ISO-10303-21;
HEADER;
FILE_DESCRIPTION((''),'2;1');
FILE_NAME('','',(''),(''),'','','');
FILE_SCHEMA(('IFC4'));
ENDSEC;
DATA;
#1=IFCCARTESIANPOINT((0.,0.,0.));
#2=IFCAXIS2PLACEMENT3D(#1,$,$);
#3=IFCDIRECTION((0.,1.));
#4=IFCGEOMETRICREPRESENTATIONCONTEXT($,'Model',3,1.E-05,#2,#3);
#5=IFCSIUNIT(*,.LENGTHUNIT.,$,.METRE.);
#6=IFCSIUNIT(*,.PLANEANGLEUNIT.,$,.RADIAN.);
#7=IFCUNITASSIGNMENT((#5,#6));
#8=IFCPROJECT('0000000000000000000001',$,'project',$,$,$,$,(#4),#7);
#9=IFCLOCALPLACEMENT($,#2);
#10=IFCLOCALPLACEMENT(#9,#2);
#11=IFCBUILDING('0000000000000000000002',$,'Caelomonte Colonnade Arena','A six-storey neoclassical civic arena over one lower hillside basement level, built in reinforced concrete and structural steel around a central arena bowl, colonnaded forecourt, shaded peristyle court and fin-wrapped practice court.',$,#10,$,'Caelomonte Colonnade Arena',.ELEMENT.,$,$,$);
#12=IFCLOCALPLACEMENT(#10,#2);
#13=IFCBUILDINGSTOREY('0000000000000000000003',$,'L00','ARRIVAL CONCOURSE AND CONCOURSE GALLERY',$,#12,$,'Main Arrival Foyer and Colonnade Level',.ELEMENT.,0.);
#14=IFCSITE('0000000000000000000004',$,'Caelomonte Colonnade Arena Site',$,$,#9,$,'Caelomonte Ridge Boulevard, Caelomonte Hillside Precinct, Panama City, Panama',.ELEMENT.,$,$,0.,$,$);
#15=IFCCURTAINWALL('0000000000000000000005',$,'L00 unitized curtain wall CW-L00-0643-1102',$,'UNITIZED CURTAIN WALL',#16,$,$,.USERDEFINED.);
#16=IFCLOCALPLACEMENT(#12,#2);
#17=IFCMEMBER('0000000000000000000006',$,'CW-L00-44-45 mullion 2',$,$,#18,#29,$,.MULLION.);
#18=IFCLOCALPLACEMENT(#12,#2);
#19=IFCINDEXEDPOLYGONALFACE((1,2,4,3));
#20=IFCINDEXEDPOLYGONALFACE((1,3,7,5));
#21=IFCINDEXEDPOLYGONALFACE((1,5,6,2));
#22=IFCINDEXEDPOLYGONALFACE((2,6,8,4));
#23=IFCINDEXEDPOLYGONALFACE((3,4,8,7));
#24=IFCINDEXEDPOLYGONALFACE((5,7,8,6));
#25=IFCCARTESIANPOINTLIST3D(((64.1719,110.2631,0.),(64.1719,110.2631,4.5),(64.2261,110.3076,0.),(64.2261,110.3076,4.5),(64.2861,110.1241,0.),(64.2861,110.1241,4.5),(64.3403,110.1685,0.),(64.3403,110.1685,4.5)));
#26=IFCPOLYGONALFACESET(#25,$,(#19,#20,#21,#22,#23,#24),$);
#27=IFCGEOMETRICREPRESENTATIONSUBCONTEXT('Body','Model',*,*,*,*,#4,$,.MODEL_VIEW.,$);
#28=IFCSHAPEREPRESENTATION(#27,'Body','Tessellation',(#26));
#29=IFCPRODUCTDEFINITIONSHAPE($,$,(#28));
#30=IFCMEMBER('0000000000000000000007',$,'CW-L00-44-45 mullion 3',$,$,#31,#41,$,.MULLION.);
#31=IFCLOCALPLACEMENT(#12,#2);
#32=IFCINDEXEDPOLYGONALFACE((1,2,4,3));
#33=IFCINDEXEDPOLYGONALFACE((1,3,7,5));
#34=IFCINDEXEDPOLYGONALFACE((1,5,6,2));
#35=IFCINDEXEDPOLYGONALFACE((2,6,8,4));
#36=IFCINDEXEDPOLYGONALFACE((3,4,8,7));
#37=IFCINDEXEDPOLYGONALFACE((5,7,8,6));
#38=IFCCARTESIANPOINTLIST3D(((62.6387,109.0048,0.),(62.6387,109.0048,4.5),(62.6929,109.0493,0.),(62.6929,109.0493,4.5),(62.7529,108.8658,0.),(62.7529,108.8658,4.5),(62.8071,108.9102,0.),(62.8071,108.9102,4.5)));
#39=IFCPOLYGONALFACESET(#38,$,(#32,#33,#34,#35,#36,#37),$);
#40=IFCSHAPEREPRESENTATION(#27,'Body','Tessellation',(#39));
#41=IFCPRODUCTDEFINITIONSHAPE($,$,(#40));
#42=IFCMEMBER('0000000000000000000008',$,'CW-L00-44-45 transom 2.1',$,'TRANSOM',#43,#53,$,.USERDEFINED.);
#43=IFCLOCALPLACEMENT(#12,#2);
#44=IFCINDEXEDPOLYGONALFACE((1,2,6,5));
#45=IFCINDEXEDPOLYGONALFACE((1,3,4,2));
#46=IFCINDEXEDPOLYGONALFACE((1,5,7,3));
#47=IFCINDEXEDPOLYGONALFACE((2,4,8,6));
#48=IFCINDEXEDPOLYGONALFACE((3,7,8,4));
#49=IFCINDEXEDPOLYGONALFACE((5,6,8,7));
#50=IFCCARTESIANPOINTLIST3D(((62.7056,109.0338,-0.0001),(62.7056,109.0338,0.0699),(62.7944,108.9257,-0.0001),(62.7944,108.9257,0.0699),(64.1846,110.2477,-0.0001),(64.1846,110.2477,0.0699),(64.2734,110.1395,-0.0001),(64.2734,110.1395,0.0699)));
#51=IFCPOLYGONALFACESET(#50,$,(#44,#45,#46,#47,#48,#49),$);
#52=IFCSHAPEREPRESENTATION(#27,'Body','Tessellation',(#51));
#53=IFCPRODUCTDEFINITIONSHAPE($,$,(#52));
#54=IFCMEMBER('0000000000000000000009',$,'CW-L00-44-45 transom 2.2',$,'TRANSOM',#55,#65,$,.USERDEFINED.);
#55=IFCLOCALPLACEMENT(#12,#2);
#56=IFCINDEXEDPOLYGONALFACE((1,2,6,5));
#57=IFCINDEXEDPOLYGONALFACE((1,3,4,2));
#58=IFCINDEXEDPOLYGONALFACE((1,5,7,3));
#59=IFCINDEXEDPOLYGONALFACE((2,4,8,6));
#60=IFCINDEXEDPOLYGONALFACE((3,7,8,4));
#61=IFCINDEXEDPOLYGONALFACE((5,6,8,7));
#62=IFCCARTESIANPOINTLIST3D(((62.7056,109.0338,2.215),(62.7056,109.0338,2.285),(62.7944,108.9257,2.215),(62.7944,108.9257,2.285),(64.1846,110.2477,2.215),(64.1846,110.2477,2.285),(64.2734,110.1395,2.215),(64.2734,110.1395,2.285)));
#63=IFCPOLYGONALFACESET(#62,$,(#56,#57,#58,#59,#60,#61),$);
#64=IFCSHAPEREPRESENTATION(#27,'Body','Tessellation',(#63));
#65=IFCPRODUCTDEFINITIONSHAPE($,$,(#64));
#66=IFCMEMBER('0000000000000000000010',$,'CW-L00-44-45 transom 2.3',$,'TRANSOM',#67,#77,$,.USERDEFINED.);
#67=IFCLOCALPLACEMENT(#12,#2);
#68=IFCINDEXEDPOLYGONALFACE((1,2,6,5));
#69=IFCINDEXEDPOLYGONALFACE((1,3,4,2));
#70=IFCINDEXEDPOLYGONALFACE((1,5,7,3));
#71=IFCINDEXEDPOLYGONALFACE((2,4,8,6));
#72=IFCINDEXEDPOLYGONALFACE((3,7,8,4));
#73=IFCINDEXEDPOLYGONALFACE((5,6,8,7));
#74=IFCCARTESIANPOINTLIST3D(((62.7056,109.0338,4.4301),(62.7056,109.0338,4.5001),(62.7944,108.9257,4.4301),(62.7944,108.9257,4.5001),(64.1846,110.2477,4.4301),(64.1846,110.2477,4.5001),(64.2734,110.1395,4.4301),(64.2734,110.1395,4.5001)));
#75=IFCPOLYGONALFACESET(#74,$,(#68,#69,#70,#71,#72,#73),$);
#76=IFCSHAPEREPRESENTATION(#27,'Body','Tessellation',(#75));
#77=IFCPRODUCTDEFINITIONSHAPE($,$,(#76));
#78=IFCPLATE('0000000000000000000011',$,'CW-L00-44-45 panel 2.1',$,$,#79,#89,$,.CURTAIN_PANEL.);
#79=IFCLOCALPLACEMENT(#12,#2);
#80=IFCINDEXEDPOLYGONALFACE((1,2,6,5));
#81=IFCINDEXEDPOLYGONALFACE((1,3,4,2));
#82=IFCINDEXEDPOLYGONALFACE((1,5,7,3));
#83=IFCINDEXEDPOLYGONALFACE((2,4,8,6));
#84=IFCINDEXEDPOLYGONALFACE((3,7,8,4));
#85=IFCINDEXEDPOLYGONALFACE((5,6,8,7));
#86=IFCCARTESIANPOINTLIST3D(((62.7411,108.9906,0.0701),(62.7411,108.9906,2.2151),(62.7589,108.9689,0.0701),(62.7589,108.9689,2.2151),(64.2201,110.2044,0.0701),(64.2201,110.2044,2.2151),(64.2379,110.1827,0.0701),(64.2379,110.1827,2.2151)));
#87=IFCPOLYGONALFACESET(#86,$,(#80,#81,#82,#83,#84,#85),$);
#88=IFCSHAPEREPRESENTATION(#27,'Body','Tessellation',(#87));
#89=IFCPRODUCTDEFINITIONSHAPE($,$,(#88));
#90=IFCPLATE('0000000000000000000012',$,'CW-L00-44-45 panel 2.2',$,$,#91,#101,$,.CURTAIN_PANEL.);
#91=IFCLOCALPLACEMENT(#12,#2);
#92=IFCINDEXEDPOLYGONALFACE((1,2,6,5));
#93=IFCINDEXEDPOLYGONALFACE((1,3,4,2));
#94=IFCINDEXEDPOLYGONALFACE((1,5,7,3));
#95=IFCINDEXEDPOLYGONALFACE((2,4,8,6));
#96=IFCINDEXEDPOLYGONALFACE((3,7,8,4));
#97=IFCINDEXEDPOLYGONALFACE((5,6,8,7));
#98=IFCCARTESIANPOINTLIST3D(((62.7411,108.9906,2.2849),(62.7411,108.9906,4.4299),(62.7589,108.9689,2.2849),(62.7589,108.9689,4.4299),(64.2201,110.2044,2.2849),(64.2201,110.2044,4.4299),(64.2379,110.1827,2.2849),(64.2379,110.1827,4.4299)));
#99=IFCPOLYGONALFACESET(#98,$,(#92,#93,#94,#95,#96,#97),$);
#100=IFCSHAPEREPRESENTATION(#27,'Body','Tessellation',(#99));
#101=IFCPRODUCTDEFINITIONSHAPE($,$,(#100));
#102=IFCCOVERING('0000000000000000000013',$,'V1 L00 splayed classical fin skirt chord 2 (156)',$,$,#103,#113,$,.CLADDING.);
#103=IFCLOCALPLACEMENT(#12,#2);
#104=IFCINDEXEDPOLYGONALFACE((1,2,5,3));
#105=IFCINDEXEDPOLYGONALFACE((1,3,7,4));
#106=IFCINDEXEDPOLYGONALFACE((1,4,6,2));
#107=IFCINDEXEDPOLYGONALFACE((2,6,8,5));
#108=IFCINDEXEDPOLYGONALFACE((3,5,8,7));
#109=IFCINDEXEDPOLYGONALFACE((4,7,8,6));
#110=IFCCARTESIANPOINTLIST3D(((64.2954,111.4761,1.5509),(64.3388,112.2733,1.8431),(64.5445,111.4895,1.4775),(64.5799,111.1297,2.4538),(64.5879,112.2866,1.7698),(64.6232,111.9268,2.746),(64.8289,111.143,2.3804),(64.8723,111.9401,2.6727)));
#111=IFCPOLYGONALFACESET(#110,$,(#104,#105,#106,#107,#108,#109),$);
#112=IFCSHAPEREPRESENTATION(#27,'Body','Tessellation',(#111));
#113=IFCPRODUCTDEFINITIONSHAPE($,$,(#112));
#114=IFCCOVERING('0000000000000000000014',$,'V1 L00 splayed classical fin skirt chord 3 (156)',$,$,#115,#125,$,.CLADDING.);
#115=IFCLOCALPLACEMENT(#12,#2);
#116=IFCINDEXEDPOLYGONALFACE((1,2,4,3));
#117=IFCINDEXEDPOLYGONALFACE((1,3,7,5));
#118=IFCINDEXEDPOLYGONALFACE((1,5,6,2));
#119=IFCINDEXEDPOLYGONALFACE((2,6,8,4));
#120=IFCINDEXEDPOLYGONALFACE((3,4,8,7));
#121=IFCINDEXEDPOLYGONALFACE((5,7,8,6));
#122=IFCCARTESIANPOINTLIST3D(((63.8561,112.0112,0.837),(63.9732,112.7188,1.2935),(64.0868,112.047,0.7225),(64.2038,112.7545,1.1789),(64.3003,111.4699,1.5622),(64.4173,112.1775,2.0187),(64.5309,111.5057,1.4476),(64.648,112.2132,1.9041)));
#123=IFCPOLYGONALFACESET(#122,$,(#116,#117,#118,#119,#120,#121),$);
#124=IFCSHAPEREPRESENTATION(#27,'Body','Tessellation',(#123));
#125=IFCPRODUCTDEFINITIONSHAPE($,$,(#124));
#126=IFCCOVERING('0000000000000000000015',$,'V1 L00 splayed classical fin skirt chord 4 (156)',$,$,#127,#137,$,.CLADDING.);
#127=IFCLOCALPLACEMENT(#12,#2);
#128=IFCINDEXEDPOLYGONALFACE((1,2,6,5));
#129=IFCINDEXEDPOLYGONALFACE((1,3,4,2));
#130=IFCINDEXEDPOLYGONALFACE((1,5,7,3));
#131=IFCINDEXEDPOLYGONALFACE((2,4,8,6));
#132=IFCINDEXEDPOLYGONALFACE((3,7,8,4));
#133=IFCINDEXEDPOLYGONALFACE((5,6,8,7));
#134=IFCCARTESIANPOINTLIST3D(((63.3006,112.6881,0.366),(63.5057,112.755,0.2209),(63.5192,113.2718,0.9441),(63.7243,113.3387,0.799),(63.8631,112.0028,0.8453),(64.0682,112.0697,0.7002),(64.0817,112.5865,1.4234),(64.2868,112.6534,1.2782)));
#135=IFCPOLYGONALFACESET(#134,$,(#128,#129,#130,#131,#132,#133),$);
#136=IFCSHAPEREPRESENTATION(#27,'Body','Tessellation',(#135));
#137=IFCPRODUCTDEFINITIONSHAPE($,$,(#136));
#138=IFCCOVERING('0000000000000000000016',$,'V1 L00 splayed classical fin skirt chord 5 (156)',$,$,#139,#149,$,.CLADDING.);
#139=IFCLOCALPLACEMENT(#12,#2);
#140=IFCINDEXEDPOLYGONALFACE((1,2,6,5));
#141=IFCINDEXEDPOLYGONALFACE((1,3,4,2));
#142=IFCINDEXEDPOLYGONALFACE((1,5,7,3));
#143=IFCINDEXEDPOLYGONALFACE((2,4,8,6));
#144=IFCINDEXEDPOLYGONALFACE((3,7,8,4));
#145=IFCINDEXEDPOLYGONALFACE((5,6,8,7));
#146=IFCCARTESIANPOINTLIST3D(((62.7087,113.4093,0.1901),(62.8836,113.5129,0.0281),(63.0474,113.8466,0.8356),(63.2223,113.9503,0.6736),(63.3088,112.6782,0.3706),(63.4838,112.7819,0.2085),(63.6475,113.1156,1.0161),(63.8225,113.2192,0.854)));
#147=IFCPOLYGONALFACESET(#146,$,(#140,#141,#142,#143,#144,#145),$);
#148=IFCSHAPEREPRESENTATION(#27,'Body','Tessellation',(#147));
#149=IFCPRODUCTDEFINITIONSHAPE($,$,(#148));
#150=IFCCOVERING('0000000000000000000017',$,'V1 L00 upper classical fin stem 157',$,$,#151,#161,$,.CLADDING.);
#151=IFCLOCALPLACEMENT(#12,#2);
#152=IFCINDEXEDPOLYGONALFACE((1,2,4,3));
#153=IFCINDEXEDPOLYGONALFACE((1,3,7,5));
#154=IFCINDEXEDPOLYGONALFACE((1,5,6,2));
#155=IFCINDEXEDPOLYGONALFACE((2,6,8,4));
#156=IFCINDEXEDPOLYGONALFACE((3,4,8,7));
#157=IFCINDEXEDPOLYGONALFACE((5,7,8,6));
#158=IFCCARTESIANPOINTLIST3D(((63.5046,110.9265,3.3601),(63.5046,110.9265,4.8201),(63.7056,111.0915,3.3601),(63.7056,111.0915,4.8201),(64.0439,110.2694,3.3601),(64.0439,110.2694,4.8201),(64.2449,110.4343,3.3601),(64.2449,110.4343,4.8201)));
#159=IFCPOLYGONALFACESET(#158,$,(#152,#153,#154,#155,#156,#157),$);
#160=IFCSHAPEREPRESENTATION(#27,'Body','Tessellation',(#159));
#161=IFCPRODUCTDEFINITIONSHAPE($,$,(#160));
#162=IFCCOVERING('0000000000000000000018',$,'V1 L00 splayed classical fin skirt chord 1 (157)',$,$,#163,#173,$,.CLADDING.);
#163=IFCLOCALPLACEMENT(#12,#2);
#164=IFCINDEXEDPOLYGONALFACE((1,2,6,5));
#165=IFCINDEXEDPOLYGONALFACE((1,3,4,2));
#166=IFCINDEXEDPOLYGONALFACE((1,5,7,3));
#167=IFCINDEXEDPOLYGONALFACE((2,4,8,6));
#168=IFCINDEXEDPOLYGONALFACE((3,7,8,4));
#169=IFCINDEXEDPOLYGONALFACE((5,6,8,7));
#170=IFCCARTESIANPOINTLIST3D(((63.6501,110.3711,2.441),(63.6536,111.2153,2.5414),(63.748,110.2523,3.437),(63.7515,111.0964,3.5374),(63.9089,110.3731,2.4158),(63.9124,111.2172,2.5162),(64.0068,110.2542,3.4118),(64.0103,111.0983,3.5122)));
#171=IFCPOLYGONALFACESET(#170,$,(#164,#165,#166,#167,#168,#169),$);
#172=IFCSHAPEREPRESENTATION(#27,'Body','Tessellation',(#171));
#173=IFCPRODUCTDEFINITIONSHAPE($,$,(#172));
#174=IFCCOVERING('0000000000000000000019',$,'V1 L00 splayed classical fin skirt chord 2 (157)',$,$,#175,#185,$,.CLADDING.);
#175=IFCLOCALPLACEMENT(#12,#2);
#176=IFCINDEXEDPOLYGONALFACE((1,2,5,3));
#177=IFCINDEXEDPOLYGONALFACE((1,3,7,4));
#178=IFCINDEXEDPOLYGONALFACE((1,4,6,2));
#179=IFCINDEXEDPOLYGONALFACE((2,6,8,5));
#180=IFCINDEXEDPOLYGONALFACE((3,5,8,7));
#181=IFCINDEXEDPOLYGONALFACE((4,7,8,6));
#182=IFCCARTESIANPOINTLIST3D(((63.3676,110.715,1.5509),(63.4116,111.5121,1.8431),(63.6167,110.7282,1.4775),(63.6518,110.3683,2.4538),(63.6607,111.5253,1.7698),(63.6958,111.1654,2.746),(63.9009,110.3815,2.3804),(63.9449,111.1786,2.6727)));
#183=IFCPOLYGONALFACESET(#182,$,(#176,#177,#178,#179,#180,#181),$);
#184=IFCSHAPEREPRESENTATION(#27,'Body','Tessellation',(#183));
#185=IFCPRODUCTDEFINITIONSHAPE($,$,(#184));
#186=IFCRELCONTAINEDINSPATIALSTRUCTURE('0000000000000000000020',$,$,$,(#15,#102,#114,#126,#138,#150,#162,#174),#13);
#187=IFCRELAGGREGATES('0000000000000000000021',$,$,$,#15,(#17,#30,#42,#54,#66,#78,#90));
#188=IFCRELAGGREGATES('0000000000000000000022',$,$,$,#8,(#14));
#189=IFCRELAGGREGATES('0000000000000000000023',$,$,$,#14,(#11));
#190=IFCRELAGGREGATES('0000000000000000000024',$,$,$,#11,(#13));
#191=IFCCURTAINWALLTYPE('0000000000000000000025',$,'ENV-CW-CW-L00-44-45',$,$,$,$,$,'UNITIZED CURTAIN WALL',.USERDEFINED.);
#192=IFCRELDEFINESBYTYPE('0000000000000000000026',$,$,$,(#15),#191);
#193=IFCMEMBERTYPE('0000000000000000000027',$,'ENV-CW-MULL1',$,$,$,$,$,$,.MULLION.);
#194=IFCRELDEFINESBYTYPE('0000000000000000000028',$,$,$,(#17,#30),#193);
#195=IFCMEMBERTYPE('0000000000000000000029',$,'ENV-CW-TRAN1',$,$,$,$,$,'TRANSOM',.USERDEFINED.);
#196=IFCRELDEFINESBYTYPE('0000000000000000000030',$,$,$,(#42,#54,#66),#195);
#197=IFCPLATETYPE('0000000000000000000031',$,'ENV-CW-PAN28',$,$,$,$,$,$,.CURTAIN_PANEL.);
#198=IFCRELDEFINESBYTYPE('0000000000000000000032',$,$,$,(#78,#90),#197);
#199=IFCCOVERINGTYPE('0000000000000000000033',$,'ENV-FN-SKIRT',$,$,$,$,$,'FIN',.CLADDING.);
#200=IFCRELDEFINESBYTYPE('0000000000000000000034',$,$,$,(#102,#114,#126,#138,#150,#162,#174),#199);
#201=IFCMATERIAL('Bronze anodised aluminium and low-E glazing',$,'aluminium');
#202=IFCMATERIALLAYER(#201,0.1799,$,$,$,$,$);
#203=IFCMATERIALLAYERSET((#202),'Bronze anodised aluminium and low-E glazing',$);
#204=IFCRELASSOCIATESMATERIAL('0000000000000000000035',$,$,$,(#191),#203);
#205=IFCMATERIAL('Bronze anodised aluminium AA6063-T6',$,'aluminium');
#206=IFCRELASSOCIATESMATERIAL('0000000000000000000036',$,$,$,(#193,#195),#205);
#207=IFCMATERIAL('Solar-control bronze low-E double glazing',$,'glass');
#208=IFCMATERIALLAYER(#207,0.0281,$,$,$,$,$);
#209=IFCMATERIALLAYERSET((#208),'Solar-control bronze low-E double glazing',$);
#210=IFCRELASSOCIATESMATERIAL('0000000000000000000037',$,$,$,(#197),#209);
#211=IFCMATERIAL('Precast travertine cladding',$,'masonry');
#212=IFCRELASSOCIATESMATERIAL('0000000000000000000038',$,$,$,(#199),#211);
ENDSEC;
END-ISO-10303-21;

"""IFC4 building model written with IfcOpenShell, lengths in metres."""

from ifc_helpers import new_model, si_unit, direction, frame, origin, origin_2d, place, context, subcontext, project, spatial, rectangle, extrude, material, layer, layer_set, material_profile, profile_set, type_object, element, aggregate, save


model = new_model("IFC4")

# Units and contexts
model_context = context("Model", 3, precision=1e-05, world=origin(), true_north=direction((0.0, 1.0)))
body_context = subcontext(model_context, "Body", "Model", "MODEL_VIEW")
ifc_project = project(units=[si_unit("LENGTHUNIT", "METRE"), si_unit("PLANEANGLEUNIT", "RADIAN")], contexts=[model_context])

# Site, building, storey
site_placement = place(None, origin())
site = spatial("IfcSite", under=ifc_project, at=site_placement, Name="Caelomonte Colonnade Arena Site", LongName="Caelomonte Ridge Boulevard, Caelomonte Hillside Precinct, Panama City, Panama", CompositionType="ELEMENT", RefElevation=0.0)
building_placement = place(site_placement, origin())
building = spatial("IfcBuilding", under=site, at=building_placement, Name="Caelomonte Colonnade Arena", Description="A six-storey neoclassical civic arena over one lower hillside basement level, built in reinforced concrete and structural steel around a central arena bowl, colonnaded forecourt, shaded peristyle court and fin-wrapped practice court.", LongName="Caelomonte Colonnade Arena", CompositionType="ELEMENT")
storey_placement = place(building_placement, origin())
storey = spatial("IfcBuildingStorey", under=building, at=storey_placement, Name="L00", Description="ARRIVAL CONCOURSE AND CONCOURSE GALLERY", LongName="Main Arrival Foyer and Colonnade Level", CompositionType="ELEMENT", Elevation=0.0)

# Curtain wall, members, plates
ifc_material_1 = material(Name="Bronze anodised aluminium and low-E glazing", Category="aluminium")
ifc_layer_1 = layer(ifc_material_1, 0.1799)
ifc_layer_set_1 = layer_set([ifc_layer_1], Name="Bronze anodised aluminium and low-E glazing")
curtain_wall_type = type_object("IfcCurtainWallType", Name="ENV-CW-CW-L00-44-45", ElementType="UNITIZED CURTAIN WALL", PredefinedType="USERDEFINED", material=ifc_layer_set_1)
curtain_wall_placement = place(storey_placement, origin())
curtain_wall = element("IfcCurtainWall", 1, at=curtain_wall_placement, inside=storey, type_object=curtain_wall_type, Name="L00 unitized curtain wall CW-L00-0643-1102", ObjectType="UNITIZED CURTAIN WALL", PredefinedType="USERDEFINED")
ifc_material_2 = material(Name="Bronze anodised aluminium AA6063-T6", Category="aluminium")
ifc_material_profile_1 = material_profile(ifc_material_2, rectangle(XDim=0.0701, YDim=0.1799, at=origin_2d()), Name="CWM-70X180")
ifc_profile_set_1 = profile_set([ifc_material_profile_1], Name="Bronze anodised aluminium AA6063-T6")
member_type_1 = type_object("IfcMemberType", Name="ENV-CW-MULL1", PredefinedType="MULLION", material=ifc_profile_set_1)
member_1_placement = place(storey_placement, frame((64.2561, 110.2158, 0.0), z_axis=(0.0, 0.0, 1.0), x_axis=(-0.772992, -0.634416, 0.0)))
member_1 = element("IfcMember", 2, at=member_1_placement, type_object=member_type_1, Name="CW-L00-44-45 mullion 2", PredefinedType="MULLION", context=body_context, shape_type="SweptSolid", body=[
    extrude(rectangle(XDim=0.0701, YDim=0.1799, at=origin_2d()), origin(), (0.0, 0.0, 1.0), 4.5),
])
member_2_placement = place(storey_placement, frame((62.7229, 108.9575, 0.0), z_axis=(0.0, 0.0, 1.0), x_axis=(-0.772992, -0.634416, 0.0)))
member_2 = element("IfcMember", 3, at=member_2_placement, type_object=member_type_1, Name="CW-L00-44-45 mullion 3", PredefinedType="MULLION", context=body_context, shape_type="SweptSolid", body=[
    extrude(rectangle(XDim=0.0701, YDim=0.1799, at=origin_2d()), origin(), (0.0, 0.0, 1.0), 4.5),
])
ifc_material_profile_2 = material_profile(ifc_material_2, rectangle(XDim=0.0701, YDim=0.1399, at=origin_2d()), Name="CWT-70X140")
ifc_profile_set_2 = profile_set([ifc_material_profile_2], Name="Bronze anodised aluminium AA6063-T6")
member_type_2 = type_object("IfcMemberType", Name="ENV-CW-TRAN1", ElementType="TRANSOM", PredefinedType="USERDEFINED", material=ifc_profile_set_2)
member_3_placement = place(storey_placement, frame((64.229, 110.1936, 0.0349), z_axis=(-0.77299, -0.634418, 0.0), x_axis=(0.0, 0.0, 1.0)))
member_3 = element("IfcMember", 4, at=member_3_placement, type_object=member_type_2, Name="CW-L00-44-45 transom 2.1", ObjectType="TRANSOM", PredefinedType="USERDEFINED", context=body_context, shape_type="SweptSolid", body=[
    extrude(rectangle(XDim=0.0701, YDim=0.1399, at=origin_2d()), origin(), (0.0, 0.0, 1.0), 1.9133),
])
member_4_placement = place(storey_placement, frame((64.229, 110.1936, 2.25), z_axis=(-0.77299, -0.634418, 0.0), x_axis=(0.0, 0.0, 1.0)))
member_4 = element("IfcMember", 5, at=member_4_placement, type_object=member_type_2, Name="CW-L00-44-45 transom 2.2", ObjectType="TRANSOM", PredefinedType="USERDEFINED", context=body_context, shape_type="SweptSolid", body=[
    extrude(rectangle(XDim=0.0701, YDim=0.1399, at=origin_2d()), origin(), (0.0, 0.0, 1.0), 1.9133),
])
member_5_placement = place(storey_placement, frame((64.229, 110.1936, 4.4651), z_axis=(-0.77299, -0.634418, 0.0), x_axis=(0.0, 0.0, 1.0)))
member_5 = element("IfcMember", 6, at=member_5_placement, type_object=member_type_2, Name="CW-L00-44-45 transom 2.3", ObjectType="TRANSOM", PredefinedType="USERDEFINED", context=body_context, shape_type="SweptSolid", body=[
    extrude(rectangle(XDim=0.0701, YDim=0.1399, at=origin_2d()), origin(), (0.0, 0.0, 1.0), 1.9133),
])
ifc_material_3 = material(Name="Solar-control bronze low-E double glazing", Category="glass")
ifc_layer_2 = layer(ifc_material_3, 0.0281)
ifc_layer_set_2 = layer_set([ifc_layer_2], Name="Solar-control bronze low-E double glazing")
plate_type = type_object("IfcPlateType", Name="ENV-CW-PAN28", PredefinedType="CURTAIN_PANEL", material=ifc_layer_set_2)
plate_1_placement = place(storey_placement, frame((63.4895, 109.5867, 0.0701), z_axis=(0.0, 0.0, 1.0), x_axis=(-0.772992, -0.634416, 0.0)))
plate_1 = element("IfcPlate", 7, at=plate_1_placement, type_object=plate_type, Name="CW-L00-44-45 panel 2.1", PredefinedType="CURTAIN_PANEL", context=body_context, shape_type="SweptSolid", body=[
    extrude(rectangle(XDim=1.9133, YDim=0.0281, at=origin_2d()), origin(), (0.0, 0.0, 1.0), 2.145),
])
plate_2_placement = place(storey_placement, frame((63.4895, 109.5867, 2.2849), z_axis=(0.0, 0.0, 1.0), x_axis=(-0.772992, -0.634416, 0.0)))
plate_2 = element("IfcPlate", 8, at=plate_2_placement, type_object=plate_type, Name="CW-L00-44-45 panel 2.2", PredefinedType="CURTAIN_PANEL", context=body_context, shape_type="SweptSolid", body=[
    extrude(rectangle(XDim=1.9133, YDim=0.0281, at=origin_2d()), origin(), (0.0, 0.0, 1.0), 2.145),
])
aggregate(curtain_wall, [member_1, member_2, member_3, member_4, member_5, plate_1, plate_2])

# Coverings
ifc_material_4 = material(Name="Precast travertine cladding", Category="masonry")
ifc_material_profile_3 = material_profile(ifc_material_4, rectangle(XDim=0.26, YDim=0.8501, at=origin_2d()), Name="FIN260X850")
ifc_profile_set_3 = profile_set([ifc_material_profile_3], Name="Precast travertine cladding")
covering_type = type_object("IfcCoveringType", Name="ENV-FN-SKIRT", ElementType="FIN", PredefinedType="CLADDING", material=ifc_profile_set_3)
for number, where, z_axis, x_axis, name in (
    (9, (64.7261, 111.5349, 2.5632), (-0.282173, 0.343693, -0.895686), (-0.958007, -0.051315, 0.282115), "V1 L00 splayed classical fin skirt chord 2 (156)"),
    (10, (64.4741, 111.8416, 1.7332), (-0.440593, 0.536995, -0.719385), (-0.887078, -0.137484, 0.440671), "V1 L00 splayed classical fin skirt chord 3 (156)"),
):
    element("IfcCovering", number, at=place(storey_placement, frame(where, z_axis=z_axis, x_axis=x_axis)), inside=storey, type_object=covering_type, Name=name, PredefinedType="CLADDING", context=body_context, shape_type="SweptSolid", body=[
        extrude(rectangle(XDim=0.26, YDim=0.8501, at=origin_2d()), origin(), (0.0, 0.0, 1.0), 1.0081),
    ])
covering_1_placement = place(storey_placement, frame((64.075, 112.3281, 1.0618), z_axis=(-0.558129, 0.679977, -0.475524), x_axis=(-0.788896, -0.257241, 0.558095)))
element("IfcCovering", 11, at=covering_1_placement, inside=storey, type_object=covering_type, Name="V1 L00 splayed classical fin skirt chord 4 (156)", PredefinedType="CLADDING", context=body_context, shape_type="SweptSolid", body=[
    extrude(rectangle(XDim=0.26, YDim=0.8501, at=origin_2d()), origin(), (0.0, 0.0, 1.0), 1.0078),
])
covering_2_placement = place(storey_placement, frame((63.5657, 112.9487, 0.6123), z_axis=(-0.62329, 0.759206, -0.187393), x_axis=(-0.672881, -0.398602, 0.623175)))
element("IfcCovering", 12, at=covering_2_placement, inside=storey, type_object=covering_type, Name="V1 L00 splayed classical fin skirt chord 5 (156)", PredefinedType="CLADDING", context=body_context, shape_type="SweptSolid", body=[
    extrude(rectangle(XDim=0.26, YDim=0.8501, at=origin_2d()), origin(), (0.0, 0.0, 1.0), 0.9629),
])
covering_3_placement = place(storey_placement, frame((63.8748, 110.6804, 3.3601), z_axis=(0.0, 0.0, 1.0), x_axis=(0.772994, 0.634414, 0.0)))
element("IfcCovering", 13, at=covering_3_placement, inside=storey, type_object=covering_type, Name="V1 L00 upper classical fin stem 157", PredefinedType="CLADDING", context=body_context, shape_type="SweptSolid", body=[
    extrude(rectangle(XDim=0.26, YDim=0.8501, at=origin_2d()), origin(), (0.0, 0.0, 1.0), 1.46),
])
covering_4_placement = place(storey_placement, frame((63.8792, 110.6753, 3.4746), z_axis=(-0.09713, 0.117961, -0.988257), x_axis=(-0.995263, -0.007354, 0.096941)))
element("IfcCovering", 14, at=covering_4_placement, inside=storey, type_object=covering_type, Name="V1 L00 splayed classical fin skirt chord 1 (157)", PredefinedType="CLADDING", context=body_context, shape_type="SweptSolid", body=[
    extrude(rectangle(XDim=0.26, YDim=0.8501, at=origin_2d()), origin(), (0.0, 0.0, 1.0), 1.0078),
])
for number, where, z_axis, x_axis, name in (
    (15, (63.7983, 110.7734, 2.5632), (-0.281926, 0.343931, -0.895673), (-0.958041, -0.050587, 0.282133), "V1 L00 splayed classical fin skirt chord 2 (157)"),
):
    element("IfcCovering", number, at=place(storey_placement, frame(where, z_axis=z_axis, x_axis=x_axis)), inside=storey, type_object=covering_type, Name=name, PredefinedType="CLADDING", context=body_context, shape_type="SweptSolid", body=[
        extrude(rectangle(XDim=0.26, YDim=0.8501, at=origin_2d()), origin(), (0.0, 0.0, 1.0), 1.0081),
    ])

save(model, "model.ifc")
